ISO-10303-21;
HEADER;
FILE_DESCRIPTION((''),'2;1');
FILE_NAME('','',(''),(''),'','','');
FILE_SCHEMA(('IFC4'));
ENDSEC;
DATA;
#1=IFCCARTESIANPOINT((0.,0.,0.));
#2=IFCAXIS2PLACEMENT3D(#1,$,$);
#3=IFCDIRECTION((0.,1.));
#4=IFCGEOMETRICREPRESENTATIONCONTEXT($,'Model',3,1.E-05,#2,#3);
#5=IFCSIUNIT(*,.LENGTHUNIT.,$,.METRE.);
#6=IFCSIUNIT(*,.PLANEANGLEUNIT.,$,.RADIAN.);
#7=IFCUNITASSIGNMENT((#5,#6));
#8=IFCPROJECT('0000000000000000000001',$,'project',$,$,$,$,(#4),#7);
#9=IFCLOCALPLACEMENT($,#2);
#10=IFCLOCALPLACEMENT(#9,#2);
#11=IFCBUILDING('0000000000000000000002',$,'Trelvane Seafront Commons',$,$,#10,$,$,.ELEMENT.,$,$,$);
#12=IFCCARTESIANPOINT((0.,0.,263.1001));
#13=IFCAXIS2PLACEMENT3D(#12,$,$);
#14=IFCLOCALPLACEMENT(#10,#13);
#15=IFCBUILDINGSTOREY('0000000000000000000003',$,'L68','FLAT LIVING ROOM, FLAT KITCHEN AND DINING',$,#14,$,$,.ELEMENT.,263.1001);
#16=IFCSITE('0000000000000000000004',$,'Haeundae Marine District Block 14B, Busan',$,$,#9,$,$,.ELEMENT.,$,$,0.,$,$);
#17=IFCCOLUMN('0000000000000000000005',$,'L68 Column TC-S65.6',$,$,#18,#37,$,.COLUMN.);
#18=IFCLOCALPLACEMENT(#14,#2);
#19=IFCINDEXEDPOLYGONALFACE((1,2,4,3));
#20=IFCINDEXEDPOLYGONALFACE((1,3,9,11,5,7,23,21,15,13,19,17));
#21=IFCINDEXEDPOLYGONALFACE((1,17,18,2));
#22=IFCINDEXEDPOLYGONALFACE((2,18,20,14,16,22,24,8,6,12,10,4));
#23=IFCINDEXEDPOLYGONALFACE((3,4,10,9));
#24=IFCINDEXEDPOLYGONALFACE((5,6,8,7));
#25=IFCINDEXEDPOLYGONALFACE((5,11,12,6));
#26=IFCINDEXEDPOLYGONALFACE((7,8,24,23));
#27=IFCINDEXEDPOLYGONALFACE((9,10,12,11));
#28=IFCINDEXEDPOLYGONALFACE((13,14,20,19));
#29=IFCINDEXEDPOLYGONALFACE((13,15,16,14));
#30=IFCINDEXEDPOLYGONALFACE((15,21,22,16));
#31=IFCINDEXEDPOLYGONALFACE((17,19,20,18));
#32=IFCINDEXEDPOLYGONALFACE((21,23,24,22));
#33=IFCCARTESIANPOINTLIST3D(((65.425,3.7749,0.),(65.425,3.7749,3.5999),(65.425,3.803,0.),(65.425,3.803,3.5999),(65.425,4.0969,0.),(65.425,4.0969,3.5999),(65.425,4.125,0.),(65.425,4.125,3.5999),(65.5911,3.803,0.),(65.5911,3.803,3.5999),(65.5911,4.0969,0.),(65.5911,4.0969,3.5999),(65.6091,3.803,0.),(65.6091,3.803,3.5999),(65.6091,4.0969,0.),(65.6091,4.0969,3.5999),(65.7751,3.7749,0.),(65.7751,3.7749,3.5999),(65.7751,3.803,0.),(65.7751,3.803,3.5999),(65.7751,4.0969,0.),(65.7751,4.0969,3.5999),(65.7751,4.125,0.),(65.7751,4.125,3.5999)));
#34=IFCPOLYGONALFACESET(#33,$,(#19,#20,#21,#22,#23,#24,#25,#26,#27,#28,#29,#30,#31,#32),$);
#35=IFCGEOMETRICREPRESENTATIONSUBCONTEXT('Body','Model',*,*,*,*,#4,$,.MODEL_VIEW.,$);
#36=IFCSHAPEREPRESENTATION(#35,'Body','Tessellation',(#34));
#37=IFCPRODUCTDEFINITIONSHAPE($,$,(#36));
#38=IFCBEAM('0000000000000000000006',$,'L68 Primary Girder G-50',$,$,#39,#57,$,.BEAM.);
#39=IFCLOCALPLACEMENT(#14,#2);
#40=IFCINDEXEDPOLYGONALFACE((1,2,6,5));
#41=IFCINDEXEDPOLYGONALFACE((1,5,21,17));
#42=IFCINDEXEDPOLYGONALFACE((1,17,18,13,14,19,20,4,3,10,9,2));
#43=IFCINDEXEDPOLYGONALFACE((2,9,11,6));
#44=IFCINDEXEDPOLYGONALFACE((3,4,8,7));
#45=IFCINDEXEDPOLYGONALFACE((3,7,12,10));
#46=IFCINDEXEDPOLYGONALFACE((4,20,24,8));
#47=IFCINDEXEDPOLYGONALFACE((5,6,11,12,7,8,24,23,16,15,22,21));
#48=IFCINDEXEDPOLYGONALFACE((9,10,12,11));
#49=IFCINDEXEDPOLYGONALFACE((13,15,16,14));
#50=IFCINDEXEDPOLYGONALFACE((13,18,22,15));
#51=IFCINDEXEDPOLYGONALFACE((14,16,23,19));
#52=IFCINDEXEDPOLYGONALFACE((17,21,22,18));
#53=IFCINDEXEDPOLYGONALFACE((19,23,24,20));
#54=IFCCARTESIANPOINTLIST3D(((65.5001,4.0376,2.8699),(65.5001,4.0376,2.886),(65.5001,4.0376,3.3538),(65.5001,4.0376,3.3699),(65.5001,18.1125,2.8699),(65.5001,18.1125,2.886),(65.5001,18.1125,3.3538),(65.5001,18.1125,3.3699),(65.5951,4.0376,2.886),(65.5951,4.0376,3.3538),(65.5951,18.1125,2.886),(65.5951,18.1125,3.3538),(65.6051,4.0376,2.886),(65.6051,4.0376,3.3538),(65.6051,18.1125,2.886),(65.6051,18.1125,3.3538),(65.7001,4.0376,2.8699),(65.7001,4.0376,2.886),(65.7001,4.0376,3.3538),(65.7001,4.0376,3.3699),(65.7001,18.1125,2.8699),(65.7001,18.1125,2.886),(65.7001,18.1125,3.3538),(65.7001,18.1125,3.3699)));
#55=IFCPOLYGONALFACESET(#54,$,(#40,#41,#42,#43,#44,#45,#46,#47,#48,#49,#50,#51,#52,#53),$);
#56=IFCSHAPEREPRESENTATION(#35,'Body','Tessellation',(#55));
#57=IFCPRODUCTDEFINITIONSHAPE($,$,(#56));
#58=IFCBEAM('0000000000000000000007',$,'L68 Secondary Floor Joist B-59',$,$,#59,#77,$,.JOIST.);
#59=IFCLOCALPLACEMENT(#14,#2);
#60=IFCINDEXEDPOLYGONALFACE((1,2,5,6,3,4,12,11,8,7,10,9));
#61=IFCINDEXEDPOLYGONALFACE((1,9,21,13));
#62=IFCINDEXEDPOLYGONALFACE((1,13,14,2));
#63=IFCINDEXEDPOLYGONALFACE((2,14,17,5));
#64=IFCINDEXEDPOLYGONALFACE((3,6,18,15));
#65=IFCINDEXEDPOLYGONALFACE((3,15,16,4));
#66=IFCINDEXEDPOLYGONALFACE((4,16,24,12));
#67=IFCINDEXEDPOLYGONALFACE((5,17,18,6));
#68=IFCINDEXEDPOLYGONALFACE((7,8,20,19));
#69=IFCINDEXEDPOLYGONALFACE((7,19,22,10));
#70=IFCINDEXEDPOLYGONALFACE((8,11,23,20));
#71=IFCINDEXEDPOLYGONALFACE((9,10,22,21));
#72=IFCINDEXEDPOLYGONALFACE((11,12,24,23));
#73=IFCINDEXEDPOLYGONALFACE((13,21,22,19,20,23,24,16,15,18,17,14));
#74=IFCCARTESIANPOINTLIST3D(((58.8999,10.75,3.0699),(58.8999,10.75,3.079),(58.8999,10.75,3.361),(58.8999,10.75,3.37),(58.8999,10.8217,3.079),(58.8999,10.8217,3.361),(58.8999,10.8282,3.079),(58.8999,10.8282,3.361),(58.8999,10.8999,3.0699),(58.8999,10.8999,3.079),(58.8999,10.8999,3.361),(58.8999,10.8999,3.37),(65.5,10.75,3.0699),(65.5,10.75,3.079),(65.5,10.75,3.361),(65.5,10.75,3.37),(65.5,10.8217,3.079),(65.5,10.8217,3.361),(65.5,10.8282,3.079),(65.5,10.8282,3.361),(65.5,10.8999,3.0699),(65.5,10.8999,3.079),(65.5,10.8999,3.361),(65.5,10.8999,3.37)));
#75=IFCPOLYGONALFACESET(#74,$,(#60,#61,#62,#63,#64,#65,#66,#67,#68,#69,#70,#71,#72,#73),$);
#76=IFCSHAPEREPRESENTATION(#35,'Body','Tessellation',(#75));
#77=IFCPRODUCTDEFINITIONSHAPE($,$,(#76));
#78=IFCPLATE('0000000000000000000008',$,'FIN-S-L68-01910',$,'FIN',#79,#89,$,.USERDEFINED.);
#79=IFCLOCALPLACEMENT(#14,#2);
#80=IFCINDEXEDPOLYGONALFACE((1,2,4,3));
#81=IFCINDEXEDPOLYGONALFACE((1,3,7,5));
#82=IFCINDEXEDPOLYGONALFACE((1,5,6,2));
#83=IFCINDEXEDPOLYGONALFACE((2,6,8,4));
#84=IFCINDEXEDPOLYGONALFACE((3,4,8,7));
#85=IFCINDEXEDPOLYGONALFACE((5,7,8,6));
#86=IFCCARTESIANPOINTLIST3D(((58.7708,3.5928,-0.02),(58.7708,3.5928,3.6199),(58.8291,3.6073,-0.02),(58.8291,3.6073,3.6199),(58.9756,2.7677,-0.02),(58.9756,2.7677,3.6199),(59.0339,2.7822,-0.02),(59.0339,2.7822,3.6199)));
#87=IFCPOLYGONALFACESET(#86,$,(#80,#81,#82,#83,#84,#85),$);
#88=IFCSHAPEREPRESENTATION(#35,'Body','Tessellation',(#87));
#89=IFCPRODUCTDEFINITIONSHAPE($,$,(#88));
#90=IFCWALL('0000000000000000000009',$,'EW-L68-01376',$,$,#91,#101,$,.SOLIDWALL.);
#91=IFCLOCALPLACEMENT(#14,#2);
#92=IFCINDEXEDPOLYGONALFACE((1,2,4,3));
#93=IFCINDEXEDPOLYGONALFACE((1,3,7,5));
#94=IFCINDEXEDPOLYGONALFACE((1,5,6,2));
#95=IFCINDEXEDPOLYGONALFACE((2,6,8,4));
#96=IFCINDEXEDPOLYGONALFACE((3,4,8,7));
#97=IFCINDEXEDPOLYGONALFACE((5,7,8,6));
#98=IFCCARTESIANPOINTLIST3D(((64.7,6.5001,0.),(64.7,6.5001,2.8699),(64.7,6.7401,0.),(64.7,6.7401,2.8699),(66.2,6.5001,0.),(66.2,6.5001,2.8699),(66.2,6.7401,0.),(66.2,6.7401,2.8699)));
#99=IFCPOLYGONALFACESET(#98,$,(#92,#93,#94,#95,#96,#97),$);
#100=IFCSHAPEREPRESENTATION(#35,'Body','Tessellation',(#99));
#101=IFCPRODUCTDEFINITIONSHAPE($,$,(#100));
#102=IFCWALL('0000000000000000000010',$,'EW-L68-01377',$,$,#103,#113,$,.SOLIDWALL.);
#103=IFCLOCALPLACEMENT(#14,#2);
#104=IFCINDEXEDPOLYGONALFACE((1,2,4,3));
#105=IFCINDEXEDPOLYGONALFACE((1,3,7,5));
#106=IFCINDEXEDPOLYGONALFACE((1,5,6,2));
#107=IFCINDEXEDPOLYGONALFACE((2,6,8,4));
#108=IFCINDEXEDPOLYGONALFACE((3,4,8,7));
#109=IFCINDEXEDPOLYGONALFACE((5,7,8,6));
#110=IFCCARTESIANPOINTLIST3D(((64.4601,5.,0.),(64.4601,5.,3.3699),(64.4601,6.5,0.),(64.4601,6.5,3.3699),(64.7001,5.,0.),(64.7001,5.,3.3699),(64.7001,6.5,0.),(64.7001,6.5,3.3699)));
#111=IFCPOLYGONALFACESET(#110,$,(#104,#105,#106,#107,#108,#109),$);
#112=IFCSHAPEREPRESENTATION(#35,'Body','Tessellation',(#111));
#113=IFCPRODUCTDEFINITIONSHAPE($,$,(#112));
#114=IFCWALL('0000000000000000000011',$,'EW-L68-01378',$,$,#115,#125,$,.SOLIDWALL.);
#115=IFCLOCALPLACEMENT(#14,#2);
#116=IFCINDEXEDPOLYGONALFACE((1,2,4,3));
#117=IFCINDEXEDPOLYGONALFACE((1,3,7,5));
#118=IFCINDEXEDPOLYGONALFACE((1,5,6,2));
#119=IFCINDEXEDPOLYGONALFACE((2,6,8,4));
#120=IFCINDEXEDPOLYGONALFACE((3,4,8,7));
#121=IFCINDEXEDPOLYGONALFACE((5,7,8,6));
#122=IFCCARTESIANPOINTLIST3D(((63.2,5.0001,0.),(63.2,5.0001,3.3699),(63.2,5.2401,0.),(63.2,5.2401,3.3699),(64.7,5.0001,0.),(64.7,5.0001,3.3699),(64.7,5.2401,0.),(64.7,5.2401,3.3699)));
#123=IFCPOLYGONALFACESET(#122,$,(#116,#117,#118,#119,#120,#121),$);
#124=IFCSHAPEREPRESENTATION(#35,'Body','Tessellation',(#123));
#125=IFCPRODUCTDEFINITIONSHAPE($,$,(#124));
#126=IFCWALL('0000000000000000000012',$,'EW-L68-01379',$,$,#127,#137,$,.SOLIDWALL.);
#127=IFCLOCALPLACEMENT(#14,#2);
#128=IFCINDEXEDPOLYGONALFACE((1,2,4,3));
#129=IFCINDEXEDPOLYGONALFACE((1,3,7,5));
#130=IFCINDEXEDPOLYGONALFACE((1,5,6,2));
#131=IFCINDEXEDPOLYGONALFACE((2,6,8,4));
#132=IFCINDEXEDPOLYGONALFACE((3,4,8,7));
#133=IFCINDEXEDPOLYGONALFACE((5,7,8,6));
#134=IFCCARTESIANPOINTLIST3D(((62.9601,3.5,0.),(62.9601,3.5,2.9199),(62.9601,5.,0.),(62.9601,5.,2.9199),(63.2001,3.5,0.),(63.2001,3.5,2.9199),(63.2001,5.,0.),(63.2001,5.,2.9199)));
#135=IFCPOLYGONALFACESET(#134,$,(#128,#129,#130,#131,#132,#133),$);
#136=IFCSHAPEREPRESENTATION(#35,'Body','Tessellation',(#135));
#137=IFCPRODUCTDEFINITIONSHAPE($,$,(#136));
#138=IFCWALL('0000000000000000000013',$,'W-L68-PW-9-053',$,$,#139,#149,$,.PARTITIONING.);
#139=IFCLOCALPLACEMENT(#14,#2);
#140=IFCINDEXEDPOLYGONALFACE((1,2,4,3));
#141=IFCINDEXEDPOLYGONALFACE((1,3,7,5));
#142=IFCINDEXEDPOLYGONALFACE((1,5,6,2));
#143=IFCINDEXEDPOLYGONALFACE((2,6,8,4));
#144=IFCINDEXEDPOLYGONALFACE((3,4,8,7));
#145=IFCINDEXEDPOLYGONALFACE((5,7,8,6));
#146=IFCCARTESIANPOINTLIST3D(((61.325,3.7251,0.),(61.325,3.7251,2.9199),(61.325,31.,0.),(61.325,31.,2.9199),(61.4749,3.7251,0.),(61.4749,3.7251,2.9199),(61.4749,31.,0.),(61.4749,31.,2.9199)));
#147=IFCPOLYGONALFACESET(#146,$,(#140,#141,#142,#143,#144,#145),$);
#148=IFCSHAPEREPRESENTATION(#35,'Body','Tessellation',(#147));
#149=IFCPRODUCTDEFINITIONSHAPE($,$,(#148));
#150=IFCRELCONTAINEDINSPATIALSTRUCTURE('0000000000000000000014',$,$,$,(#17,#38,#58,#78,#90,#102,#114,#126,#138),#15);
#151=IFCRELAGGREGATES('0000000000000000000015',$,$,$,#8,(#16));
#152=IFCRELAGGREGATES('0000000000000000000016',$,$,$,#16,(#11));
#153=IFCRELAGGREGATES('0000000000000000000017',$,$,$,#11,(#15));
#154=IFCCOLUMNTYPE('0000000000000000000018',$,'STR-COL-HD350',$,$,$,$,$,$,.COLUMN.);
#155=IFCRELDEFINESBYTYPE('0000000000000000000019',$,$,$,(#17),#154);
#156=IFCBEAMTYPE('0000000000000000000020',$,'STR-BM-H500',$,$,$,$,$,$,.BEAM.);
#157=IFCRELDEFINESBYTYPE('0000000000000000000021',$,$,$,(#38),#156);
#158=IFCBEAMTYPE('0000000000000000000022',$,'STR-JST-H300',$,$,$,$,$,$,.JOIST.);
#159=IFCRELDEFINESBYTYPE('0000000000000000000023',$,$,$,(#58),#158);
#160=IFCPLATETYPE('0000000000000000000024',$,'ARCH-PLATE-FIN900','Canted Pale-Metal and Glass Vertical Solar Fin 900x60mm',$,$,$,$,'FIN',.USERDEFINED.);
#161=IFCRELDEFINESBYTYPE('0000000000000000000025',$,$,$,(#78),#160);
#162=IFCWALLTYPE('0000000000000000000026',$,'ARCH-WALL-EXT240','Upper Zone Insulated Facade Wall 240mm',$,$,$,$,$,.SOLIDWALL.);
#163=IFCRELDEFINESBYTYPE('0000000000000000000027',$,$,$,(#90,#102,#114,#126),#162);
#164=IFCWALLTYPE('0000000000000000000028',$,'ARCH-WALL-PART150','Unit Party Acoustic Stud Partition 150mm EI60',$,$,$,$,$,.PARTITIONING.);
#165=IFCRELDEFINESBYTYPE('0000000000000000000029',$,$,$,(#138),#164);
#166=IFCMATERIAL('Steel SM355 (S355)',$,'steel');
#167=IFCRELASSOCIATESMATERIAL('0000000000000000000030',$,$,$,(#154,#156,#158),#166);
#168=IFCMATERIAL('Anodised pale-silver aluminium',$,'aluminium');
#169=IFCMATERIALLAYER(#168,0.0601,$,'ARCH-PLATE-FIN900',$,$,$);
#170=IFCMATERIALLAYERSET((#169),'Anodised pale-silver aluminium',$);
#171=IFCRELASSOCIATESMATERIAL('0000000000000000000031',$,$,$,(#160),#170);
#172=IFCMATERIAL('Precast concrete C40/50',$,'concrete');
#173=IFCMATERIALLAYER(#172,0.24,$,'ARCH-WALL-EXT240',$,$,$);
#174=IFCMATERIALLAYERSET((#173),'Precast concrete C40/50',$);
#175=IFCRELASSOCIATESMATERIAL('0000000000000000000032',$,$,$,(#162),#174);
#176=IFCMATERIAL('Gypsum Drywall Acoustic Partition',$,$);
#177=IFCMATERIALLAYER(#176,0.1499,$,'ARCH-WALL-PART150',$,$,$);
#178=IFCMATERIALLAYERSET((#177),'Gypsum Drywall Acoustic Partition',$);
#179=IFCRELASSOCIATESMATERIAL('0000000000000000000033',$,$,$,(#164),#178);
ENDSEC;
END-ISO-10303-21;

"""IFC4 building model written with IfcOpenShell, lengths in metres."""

from ifc_helpers import new_model, si_unit, direction, frame, frame_2d, origin, origin_2d, place, context, subcontext, project, spatial, rectangle, i_section, extrude, source, transform, mapped, material, layer, layer_set, material_profile, profile_set, type_object, element, save


model = new_model("IFC4")

# Units and contexts
model_context = context("Model", 3, precision=1e-05, world=origin(), true_north=direction((0.0, 1.0)))
body_context = subcontext(model_context, "Body", "Model", "MODEL_VIEW")
ifc_project = project(units=[si_unit("LENGTHUNIT", "METRE"), si_unit("PLANEANGLEUNIT", "RADIAN")], contexts=[model_context])

# Site, building, storey
site_placement = place(None, origin())
site = spatial("IfcSite", under=ifc_project, at=site_placement, Name="Haeundae Marine District Block 14B, Busan", CompositionType="ELEMENT", RefElevation=0.0)
building_placement = place(site_placement, origin())
building = spatial("IfcBuilding", under=site, at=building_placement, Name="Trelvane Seafront Commons", CompositionType="ELEMENT")
storey_placement = place(building_placement, frame((0.0, 0.0, 263.1001)))
storey = spatial("IfcBuildingStorey", under=building, at=storey_placement, Name="L68", Description="FLAT LIVING ROOM, FLAT KITCHEN AND DINING", CompositionType="ELEMENT", Elevation=263.1001)

# Column
ifc_material_1 = material(Name="Steel SM355 (S355)", Category="steel")
ifc_material_profile_1 = material_profile(ifc_material_1, i_section(OverallWidth=0.3501, OverallDepth=0.3501, WebThickness=0.0181, FlangeThickness=0.0281, at=origin_2d()), Name="HD-350x350x18x28")
ifc_profile_set_1 = profile_set([ifc_material_profile_1], Name="Steel SM355 (S355)")
column_type = type_object("IfcColumnType", Name="STR-COL-HD350", PredefinedType="COLUMN", material=ifc_profile_set_1)
shared_shape_1 = source(origin(), body_context, "Body", "SweptSolid", [
    extrude(i_section(OverallWidth=0.3501, OverallDepth=0.3501, WebThickness=0.0181, FlangeThickness=0.0281, at=origin_2d()), origin(), (0.0, 0.0, 1.0), 3.5999),
])
column_placement = place(storey_placement, frame((65.6001, 3.95, 0.0), z_axis=(0.0, 0.0, 1.0), x_axis=(1.0, 0.0, 0.0)))
element("IfcColumn", 1, at=column_placement, inside=storey, type_object=column_type, Name="L68 Column TC-S65.6", PredefinedType="COLUMN", context=body_context, shape_type="MappedRepresentation", body=[
    mapped(shared_shape_1, transform((0.0, 0.0, 0.0), x_axis=(1.0, 0.0, 0.0), y_axis=(0.0, 1.0, 0.0), z_axis=(0.0, 0.0, 1.0), scale=1.0)),
])

# Beams
ifc_material_profile_2 = material_profile(ifc_material_1, i_section(OverallWidth=0.2, OverallDepth=0.5, WebThickness=0.01, FlangeThickness=0.0161, at=origin_2d()), Name="H-500x200x10x16")
ifc_profile_set_2 = profile_set([ifc_material_profile_2], Name="Steel SM355 (S355)")
beam_type_1 = type_object("IfcBeamType", Name="STR-BM-H500", PredefinedType="BEAM", material=ifc_profile_set_2)
shared_shape_2 = source(origin(), body_context, "Body", "SweptSolid", [
    extrude(i_section(OverallWidth=0.2, OverallDepth=0.5, WebThickness=0.01, FlangeThickness=0.0161, at=origin_2d()), origin(), (0.0, 0.0, 1.0), 14.075),
])
beam_1_placement = place(storey_placement, frame((65.6001, 4.0376, 3.1199), z_axis=(0.0, 1.0, 0.0), x_axis=(-1.0, 0.0, 0.0)))
element("IfcBeam", 2, at=beam_1_placement, inside=storey, type_object=beam_type_1, Name="L68 Primary Girder G-50", PredefinedType="BEAM", context=body_context, shape_type="MappedRepresentation", body=[
    mapped(shared_shape_2, transform((0.0, 0.0, 0.0), x_axis=(1.0, 0.0, 0.0), y_axis=(0.0, 1.0, 0.0), z_axis=(0.0, 0.0, 1.0), scale=1.0)),
])
ifc_material_profile_3 = material_profile(ifc_material_1, i_section(OverallWidth=0.1499, OverallDepth=0.3, WebThickness=0.0066, FlangeThickness=0.009, at=origin_2d()), Name="H-300x150x6.5x9")
ifc_profile_set_3 = profile_set([ifc_material_profile_3], Name="Steel SM355 (S355)")
beam_type_2 = type_object("IfcBeamType", Name="STR-JST-H300", PredefinedType="JOIST", material=ifc_profile_set_3)
shared_shape_3 = source(origin(), body_context, "Body", "SweptSolid", [
    extrude(i_section(OverallWidth=0.1499, OverallDepth=0.3, WebThickness=0.0066, FlangeThickness=0.009, at=origin_2d()), origin(), (0.0, 0.0, 1.0), 6.6001),
])
beam_2_placement = place(storey_placement, frame((58.8999, 10.825, 3.22), z_axis=(1.0, 0.0, 0.0), x_axis=(0.0, 1.0, 0.0)))
element("IfcBeam", 3, at=beam_2_placement, inside=storey, type_object=beam_type_2, Name="L68 Secondary Floor Joist B-59", PredefinedType="JOIST", context=body_context, shape_type="MappedRepresentation", body=[
    mapped(shared_shape_3, transform((0.0, 0.0, 0.0), x_axis=(1.0, 0.0, 0.0), y_axis=(0.0, 1.0, 0.0), z_axis=(0.0, 0.0, 1.0), scale=1.0)),
])

# Plate
ifc_material_2 = material(Name="Anodised pale-silver aluminium", Category="aluminium")
ifc_layer_1 = layer(ifc_material_2, 0.0601, Name="ARCH-PLATE-FIN900")
ifc_layer_set_1 = layer_set([ifc_layer_1], Name="Anodised pale-silver aluminium")
plate_type = type_object("IfcPlateType", Name="ARCH-PLATE-FIN900", Description="Canted Pale-Metal and Glass Vertical Solar Fin 900x60mm", ElementType="FIN", PredefinedType="USERDEFINED", material=ifc_layer_set_1)
shared_shape_4 = source(origin(), body_context, "Body", "SweptSolid", [
    extrude(rectangle(XDim=0.8501, YDim=0.0601, at=origin_2d()), origin(), (0.0, 0.0, 1.0), 3.6399),
])
plate_placement = place(storey_placement, frame((58.9023, 3.1875, -0.02), z_axis=(0.0, 0.0, 1.0), x_axis=(0.240929, -0.970543, 0.0)))
element("IfcPlate", 4, at=plate_placement, inside=storey, type_object=plate_type, Name="FIN-S-L68-01910", ObjectType="FIN", PredefinedType="USERDEFINED", context=body_context, shape_type="MappedRepresentation", body=[
    mapped(shared_shape_4, transform((0.0, 0.0, 0.0), x_axis=(1.0, 0.0, 0.0), y_axis=(0.0, 1.0, 0.0), z_axis=(0.0, 0.0, 1.0), scale=1.0)),
])

# Walls
ifc_material_3 = material(Name="Precast concrete C40/50", Category="concrete")
ifc_layer_2 = layer(ifc_material_3, 0.24, Name="ARCH-WALL-EXT240")
ifc_layer_set_2 = layer_set([ifc_layer_2], Name="Precast concrete C40/50")
wall_type_1 = type_object("IfcWallType", Name="ARCH-WALL-EXT240", Description="Upper Zone Insulated Facade Wall 240mm", PredefinedType="SOLIDWALL", material=ifc_layer_set_2)
wall_1_placement = place(storey_placement, frame((66.2, 6.6201, 0.0), z_axis=(0.0, 0.0, 1.0), x_axis=(-1.0, 0.0, 0.0)))
element("IfcWall", 5, at=wall_1_placement, inside=storey, type_object=wall_type_1, Name="EW-L68-01376", PredefinedType="SOLIDWALL", context=body_context, shape_type="SweptSolid", body=[
    extrude(rectangle(XDim=1.5, YDim=0.24, at=frame_2d((0.75, 0.0))), origin(), (0.0, 0.0, 1.0), 2.8699),
])
for number, where, z_axis, x_axis, name in (
    (6, (64.5801, 6.5, 0.0), (0.0, 0.0, 1.0), (0.0, -1.0, 0.0), "EW-L68-01377"),
    (7, (64.7, 5.1201, 0.0), (0.0, 0.0, 1.0), (-1.0, 0.0, 0.0), "EW-L68-01378"),
):
    element("IfcWall", number, at=place(storey_placement, frame(where, z_axis=z_axis, x_axis=x_axis)), inside=storey, type_object=wall_type_1, Name=name, PredefinedType="SOLIDWALL", context=body_context, shape_type="SweptSolid", body=[
        extrude(rectangle(XDim=1.5, YDim=0.24, at=frame_2d((0.75, 0.0))), origin(), (0.0, 0.0, 1.0), 3.3699),
    ])
wall_2_placement = place(storey_placement, frame((63.0801, 5.0, 0.0), z_axis=(0.0, 0.0, 1.0), x_axis=(0.0, -1.0, 0.0)))
element("IfcWall", 8, at=wall_2_placement, inside=storey, type_object=wall_type_1, Name="EW-L68-01379", PredefinedType="SOLIDWALL", context=body_context, shape_type="SweptSolid", body=[
    extrude(rectangle(XDim=1.5, YDim=0.24, at=frame_2d((0.75, 0.0))), origin(), (0.0, 0.0, 1.0), 2.9199),
])

# Shared definitions
ifc_material_4 = material(Name="Gypsum Drywall Acoustic Partition")

# Wall
ifc_layer_3 = layer(ifc_material_4, 0.1499, Name="ARCH-WALL-PART150")
ifc_layer_set_3 = layer_set([ifc_layer_3], Name="Gypsum Drywall Acoustic Partition")
wall_type_2 = type_object("IfcWallType", Name="ARCH-WALL-PART150", Description="Unit Party Acoustic Stud Partition 150mm EI60", PredefinedType="PARTITIONING", material=ifc_layer_set_3)
wall_3_placement = place(storey_placement, frame((61.3999, 3.7251, 0.0), z_axis=(0.0, 0.0, 1.0), x_axis=(0.0, 1.0, 0.0)))
element("IfcWall", 9, at=wall_3_placement, inside=storey, type_object=wall_type_2, Name="W-L68-PW-9-053", PredefinedType="PARTITIONING", context=body_context, shape_type="SweptSolid", body=[
    extrude(rectangle(XDim=27.2749, YDim=0.1499, at=frame_2d((13.6375, 0.0))), origin(), (0.0, 0.0, 1.0), 2.9199),
])

save(model, "model.ifc")
